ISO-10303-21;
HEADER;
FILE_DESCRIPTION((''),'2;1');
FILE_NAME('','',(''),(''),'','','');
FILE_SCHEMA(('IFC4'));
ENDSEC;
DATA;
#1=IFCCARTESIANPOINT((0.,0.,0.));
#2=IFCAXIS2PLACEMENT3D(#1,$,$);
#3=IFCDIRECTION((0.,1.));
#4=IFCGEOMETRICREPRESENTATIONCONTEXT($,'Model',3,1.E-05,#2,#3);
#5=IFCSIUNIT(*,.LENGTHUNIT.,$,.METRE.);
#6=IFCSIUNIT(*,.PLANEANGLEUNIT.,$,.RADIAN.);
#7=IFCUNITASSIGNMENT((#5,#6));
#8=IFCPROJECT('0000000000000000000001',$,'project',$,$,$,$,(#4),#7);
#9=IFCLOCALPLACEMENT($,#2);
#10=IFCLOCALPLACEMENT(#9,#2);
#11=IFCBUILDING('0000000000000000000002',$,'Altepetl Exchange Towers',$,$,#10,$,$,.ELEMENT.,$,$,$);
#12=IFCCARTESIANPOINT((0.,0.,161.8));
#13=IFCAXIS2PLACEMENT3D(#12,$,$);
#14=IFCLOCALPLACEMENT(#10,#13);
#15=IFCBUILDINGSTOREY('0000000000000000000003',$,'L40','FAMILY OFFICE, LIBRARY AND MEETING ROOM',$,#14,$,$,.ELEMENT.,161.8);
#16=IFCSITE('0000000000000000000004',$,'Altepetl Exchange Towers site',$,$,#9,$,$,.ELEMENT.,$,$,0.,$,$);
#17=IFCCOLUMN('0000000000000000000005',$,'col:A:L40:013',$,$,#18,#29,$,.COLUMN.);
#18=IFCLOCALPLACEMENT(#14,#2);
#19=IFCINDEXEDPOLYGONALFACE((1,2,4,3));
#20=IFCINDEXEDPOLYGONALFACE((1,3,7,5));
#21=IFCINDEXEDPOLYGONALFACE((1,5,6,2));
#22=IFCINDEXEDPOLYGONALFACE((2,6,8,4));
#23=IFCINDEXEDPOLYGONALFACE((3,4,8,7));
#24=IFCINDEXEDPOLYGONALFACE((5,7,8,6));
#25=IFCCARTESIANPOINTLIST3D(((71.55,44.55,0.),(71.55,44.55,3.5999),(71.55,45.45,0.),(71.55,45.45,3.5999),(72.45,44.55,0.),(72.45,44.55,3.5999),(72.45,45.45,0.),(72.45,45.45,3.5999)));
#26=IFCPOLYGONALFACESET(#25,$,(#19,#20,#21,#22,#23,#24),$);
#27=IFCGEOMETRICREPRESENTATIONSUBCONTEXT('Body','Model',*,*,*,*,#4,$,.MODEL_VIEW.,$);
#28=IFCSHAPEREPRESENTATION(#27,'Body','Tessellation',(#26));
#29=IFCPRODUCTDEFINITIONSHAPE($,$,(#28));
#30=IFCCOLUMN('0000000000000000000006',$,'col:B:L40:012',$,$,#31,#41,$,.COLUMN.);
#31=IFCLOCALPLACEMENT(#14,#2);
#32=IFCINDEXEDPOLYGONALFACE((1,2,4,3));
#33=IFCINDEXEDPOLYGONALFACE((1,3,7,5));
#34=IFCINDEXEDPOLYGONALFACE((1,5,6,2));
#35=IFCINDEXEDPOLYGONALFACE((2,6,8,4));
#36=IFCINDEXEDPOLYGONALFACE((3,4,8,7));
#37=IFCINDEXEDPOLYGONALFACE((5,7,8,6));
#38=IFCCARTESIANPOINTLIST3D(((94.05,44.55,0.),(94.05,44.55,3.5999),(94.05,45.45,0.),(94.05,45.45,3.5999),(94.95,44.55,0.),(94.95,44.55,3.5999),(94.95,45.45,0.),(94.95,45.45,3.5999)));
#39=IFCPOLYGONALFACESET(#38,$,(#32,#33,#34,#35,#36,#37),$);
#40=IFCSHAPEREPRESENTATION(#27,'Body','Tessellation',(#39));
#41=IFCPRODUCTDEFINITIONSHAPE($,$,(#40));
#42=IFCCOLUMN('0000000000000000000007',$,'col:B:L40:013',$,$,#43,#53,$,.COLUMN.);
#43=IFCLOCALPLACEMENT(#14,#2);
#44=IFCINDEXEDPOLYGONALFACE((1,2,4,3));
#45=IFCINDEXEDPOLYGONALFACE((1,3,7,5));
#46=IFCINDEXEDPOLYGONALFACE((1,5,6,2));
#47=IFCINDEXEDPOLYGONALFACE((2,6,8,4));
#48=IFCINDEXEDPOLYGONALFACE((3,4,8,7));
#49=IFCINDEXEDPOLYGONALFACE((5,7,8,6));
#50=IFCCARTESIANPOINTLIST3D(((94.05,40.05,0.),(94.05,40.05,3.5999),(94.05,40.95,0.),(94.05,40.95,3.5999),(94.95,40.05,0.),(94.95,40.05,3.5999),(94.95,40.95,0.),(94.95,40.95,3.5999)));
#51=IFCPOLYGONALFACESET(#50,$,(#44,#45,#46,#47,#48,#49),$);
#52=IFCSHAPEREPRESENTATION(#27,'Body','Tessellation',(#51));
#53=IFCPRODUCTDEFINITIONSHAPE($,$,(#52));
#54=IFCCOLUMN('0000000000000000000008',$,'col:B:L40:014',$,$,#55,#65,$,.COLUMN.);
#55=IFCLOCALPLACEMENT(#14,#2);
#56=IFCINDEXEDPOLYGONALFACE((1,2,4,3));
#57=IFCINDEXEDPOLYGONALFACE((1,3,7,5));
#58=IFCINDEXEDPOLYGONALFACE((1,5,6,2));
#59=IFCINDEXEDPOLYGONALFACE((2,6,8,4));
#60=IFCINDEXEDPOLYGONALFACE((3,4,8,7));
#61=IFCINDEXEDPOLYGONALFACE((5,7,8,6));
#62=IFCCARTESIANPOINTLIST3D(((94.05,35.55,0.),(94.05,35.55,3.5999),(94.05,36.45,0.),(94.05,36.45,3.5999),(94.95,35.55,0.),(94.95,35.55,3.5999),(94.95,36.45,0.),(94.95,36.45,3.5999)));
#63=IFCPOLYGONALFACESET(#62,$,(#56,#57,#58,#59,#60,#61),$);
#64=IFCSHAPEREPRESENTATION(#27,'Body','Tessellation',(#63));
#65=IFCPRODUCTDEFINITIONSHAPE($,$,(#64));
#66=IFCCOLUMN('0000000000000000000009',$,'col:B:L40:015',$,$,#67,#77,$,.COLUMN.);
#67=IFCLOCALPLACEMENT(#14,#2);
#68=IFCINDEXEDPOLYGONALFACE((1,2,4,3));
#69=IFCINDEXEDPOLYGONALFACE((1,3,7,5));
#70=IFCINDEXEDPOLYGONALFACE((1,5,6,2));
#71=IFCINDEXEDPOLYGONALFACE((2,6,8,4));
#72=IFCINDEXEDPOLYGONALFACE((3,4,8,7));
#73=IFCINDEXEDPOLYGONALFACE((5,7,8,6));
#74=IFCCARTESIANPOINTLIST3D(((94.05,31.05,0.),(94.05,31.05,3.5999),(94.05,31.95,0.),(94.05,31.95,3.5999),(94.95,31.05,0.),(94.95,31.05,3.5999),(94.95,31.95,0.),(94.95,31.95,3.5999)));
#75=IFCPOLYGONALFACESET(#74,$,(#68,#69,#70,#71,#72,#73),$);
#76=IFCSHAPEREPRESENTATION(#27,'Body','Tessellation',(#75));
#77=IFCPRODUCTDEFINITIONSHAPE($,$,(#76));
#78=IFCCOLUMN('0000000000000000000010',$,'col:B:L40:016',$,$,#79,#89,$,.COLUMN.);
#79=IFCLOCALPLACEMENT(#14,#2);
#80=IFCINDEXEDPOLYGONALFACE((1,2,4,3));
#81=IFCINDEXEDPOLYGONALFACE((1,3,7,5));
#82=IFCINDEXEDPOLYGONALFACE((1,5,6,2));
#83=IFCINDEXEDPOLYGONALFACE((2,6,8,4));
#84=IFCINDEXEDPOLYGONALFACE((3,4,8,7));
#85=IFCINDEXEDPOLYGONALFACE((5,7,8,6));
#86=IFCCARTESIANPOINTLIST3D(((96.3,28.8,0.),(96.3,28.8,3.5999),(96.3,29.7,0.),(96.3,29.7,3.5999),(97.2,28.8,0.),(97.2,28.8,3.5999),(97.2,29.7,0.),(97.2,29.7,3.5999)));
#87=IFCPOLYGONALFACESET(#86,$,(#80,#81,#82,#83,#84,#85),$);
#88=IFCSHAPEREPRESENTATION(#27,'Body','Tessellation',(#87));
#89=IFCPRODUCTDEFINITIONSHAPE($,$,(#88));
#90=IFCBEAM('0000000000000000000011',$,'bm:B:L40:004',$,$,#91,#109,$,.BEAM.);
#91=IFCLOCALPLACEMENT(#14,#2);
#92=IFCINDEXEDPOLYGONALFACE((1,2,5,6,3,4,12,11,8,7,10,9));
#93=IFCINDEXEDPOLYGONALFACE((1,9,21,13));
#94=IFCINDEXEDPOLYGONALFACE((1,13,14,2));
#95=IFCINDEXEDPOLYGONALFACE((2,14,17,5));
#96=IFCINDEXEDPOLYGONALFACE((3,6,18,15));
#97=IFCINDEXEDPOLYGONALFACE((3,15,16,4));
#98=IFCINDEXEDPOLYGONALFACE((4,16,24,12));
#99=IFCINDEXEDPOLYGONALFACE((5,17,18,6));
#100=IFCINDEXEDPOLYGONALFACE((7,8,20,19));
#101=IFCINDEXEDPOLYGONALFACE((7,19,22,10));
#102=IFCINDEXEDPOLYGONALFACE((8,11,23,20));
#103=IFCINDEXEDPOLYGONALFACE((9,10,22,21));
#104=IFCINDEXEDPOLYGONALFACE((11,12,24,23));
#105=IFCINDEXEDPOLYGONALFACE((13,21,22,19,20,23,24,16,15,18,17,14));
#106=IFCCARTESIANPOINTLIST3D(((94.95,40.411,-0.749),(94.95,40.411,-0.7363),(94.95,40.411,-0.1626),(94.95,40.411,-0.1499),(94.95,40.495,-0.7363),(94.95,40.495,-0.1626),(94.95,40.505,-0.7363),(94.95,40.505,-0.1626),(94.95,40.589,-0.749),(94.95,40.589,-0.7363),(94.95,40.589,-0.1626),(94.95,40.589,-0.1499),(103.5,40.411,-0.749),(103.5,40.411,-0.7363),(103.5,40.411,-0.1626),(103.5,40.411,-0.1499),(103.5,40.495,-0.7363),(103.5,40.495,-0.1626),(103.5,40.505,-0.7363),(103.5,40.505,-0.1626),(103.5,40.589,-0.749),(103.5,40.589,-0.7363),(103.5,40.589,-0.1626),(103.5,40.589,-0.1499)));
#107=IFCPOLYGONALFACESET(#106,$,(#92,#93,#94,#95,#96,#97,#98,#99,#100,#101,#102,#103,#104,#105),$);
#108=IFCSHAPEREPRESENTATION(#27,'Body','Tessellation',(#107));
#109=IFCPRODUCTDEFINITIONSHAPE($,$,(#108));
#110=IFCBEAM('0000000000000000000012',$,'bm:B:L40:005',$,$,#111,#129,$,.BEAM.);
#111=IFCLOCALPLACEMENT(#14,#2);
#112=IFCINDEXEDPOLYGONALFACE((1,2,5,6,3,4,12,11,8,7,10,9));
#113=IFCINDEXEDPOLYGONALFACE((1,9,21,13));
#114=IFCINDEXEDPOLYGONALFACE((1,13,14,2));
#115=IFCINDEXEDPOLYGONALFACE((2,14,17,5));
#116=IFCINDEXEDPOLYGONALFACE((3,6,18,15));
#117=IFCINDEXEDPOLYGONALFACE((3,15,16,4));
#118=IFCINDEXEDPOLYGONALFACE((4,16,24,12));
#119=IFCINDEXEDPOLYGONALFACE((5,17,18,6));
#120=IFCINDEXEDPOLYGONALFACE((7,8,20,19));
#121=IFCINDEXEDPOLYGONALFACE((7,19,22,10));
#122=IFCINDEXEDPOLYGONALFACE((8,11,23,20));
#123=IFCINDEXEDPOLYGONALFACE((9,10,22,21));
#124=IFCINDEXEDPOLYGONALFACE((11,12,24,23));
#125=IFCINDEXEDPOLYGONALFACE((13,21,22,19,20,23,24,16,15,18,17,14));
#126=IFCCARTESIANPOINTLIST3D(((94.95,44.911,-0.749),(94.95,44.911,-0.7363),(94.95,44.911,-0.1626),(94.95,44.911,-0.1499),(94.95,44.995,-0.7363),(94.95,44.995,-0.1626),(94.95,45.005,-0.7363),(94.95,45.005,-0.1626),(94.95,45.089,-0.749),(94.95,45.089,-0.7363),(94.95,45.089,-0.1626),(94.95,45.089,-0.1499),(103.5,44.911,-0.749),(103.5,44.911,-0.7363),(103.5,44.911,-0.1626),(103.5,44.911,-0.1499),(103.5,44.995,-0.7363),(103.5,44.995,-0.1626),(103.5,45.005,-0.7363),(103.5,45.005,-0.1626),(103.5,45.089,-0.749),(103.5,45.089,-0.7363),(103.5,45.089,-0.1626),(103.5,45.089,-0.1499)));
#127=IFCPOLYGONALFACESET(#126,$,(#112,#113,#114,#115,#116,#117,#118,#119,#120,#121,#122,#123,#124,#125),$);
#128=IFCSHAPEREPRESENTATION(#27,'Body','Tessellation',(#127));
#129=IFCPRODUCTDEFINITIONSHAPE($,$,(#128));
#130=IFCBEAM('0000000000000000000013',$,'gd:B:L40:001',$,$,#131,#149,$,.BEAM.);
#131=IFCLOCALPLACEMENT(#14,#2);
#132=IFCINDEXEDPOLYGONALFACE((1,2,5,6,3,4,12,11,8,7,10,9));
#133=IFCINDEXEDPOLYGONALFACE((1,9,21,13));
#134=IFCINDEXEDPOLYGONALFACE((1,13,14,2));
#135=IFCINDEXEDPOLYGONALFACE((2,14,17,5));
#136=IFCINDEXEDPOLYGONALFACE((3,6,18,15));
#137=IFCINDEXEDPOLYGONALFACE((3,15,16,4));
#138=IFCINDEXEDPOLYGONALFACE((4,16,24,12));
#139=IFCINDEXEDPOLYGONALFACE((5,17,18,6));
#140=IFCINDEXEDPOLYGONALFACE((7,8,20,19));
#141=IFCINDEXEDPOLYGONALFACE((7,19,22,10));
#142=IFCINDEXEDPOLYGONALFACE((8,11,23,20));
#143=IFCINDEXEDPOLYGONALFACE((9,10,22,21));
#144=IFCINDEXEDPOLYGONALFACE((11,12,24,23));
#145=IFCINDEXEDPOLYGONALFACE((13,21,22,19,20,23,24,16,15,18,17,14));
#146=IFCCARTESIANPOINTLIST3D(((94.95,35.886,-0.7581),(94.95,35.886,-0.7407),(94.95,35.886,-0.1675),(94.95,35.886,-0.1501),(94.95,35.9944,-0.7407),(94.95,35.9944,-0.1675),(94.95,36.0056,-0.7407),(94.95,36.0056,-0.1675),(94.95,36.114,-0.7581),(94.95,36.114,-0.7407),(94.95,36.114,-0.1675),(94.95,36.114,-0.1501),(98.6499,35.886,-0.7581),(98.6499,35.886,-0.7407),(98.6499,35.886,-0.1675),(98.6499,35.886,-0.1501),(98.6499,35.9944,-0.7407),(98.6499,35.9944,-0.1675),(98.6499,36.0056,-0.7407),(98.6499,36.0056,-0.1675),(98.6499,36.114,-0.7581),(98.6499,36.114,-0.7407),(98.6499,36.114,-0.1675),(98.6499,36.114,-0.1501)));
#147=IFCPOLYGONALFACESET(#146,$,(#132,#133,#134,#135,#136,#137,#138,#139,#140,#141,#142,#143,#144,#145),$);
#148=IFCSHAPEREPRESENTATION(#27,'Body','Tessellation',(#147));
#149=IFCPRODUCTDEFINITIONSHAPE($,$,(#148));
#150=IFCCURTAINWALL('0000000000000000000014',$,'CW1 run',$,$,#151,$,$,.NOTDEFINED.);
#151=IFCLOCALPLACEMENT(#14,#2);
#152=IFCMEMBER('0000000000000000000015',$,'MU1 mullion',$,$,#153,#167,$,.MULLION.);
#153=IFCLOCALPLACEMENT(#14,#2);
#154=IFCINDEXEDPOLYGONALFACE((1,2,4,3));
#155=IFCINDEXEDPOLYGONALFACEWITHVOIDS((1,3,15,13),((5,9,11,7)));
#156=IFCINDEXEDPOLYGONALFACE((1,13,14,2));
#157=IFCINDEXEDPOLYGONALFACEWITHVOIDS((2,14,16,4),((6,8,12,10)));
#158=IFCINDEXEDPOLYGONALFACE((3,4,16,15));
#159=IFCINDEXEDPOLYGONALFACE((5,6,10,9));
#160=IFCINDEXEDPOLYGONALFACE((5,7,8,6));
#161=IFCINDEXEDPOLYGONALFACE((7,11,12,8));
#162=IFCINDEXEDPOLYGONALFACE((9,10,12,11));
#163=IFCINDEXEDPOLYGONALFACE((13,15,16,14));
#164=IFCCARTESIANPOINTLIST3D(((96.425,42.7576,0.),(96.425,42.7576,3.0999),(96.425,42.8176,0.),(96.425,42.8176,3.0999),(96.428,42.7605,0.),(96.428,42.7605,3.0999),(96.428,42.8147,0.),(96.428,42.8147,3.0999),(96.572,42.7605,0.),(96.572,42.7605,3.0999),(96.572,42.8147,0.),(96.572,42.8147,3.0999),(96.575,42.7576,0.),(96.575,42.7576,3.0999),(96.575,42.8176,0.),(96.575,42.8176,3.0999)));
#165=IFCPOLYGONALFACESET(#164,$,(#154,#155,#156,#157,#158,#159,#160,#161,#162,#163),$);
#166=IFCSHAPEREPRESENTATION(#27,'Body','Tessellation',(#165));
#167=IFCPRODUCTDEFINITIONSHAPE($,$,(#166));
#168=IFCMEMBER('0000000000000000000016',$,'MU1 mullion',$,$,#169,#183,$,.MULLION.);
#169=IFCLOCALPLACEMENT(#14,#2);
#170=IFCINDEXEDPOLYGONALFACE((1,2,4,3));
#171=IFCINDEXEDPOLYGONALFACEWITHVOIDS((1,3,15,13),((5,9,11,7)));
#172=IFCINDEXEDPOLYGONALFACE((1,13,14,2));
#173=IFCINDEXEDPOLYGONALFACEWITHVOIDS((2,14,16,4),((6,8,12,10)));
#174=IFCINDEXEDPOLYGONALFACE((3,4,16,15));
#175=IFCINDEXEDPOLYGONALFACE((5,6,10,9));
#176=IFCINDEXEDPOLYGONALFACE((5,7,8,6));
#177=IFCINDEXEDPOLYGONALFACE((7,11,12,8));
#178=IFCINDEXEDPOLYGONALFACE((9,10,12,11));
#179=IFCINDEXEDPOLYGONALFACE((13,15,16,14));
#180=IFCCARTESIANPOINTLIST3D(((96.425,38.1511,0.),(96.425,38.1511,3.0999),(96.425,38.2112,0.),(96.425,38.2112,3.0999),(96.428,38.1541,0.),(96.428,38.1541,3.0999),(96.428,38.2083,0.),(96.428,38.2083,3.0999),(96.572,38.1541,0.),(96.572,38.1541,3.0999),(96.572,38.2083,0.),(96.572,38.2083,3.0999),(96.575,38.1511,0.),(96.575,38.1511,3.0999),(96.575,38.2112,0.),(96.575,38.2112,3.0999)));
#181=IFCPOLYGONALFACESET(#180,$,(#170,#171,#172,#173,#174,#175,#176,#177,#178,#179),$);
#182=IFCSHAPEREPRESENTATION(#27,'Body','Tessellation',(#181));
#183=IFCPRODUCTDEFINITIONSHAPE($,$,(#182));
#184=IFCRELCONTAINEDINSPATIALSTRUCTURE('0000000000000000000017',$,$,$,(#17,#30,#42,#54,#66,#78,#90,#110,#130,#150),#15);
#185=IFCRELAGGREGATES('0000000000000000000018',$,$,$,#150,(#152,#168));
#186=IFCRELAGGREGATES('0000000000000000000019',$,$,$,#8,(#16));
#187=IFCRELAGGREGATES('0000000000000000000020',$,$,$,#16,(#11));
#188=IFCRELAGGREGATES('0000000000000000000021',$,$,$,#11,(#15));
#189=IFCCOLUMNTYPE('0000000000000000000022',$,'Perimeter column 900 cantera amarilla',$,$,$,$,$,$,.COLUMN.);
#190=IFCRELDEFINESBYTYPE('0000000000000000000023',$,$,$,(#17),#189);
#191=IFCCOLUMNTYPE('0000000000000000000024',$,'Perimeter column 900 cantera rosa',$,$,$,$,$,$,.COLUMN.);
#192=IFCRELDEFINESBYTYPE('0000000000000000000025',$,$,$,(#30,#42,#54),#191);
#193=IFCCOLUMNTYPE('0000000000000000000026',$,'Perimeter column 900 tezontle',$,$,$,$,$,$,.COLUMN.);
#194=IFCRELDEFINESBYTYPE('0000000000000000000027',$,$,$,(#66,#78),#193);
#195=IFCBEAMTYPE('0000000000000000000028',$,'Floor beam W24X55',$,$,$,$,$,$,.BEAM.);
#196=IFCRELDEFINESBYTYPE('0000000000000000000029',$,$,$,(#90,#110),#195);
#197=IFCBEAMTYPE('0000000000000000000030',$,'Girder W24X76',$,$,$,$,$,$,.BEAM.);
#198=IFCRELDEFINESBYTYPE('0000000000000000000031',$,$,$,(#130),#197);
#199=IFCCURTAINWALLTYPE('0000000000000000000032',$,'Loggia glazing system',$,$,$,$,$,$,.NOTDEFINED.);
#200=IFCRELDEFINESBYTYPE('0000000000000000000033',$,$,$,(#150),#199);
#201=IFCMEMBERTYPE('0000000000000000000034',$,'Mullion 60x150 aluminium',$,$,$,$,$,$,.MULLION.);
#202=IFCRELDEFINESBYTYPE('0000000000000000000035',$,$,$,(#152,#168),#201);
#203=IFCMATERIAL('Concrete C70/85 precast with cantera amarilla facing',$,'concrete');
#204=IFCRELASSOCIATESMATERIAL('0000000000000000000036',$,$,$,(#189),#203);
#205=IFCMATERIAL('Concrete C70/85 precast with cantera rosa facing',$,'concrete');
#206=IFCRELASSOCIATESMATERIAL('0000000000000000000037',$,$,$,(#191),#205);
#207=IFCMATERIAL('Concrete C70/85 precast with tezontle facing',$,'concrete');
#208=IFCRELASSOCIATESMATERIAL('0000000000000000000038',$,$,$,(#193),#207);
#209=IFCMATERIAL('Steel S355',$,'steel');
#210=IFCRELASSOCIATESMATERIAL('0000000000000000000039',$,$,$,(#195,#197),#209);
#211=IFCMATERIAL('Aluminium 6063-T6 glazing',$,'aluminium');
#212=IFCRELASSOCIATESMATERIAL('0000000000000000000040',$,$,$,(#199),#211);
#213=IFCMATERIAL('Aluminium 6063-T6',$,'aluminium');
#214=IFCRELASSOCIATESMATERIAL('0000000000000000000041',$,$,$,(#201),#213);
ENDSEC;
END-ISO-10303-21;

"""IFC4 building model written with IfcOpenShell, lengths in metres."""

from ifc_helpers import new_model, si_unit, direction, frame, origin, origin_2d, place, context, subcontext, project, spatial, rectangle, hollow_rectangle, i_section, extrude, material, material_profile, profile_set, type_object, element, aggregate, save


model = new_model("IFC4")

# Units and contexts
model_context = context("Model", 3, precision=1e-05, world=origin(), true_north=direction((0.0, 1.0)))
body_context = subcontext(model_context, "Body", "Model", "MODEL_VIEW")
ifc_project = project(units=[si_unit("LENGTHUNIT", "METRE"), si_unit("PLANEANGLEUNIT", "RADIAN")], contexts=[model_context])

# Site, building, storey
site_placement = place(None, origin())
site = spatial("IfcSite", under=ifc_project, at=site_placement, Name="Altepetl Exchange Towers site", CompositionType="ELEMENT", RefElevation=0.0)
building_placement = place(site_placement, origin())
building = spatial("IfcBuilding", under=site, at=building_placement, Name="Altepetl Exchange Towers", CompositionType="ELEMENT")
storey_placement = place(building_placement, frame((0.0, 0.0, 161.8)))
storey = spatial("IfcBuildingStorey", under=building, at=storey_placement, Name="L40", Description="FAMILY OFFICE, LIBRARY AND MEETING ROOM", CompositionType="ELEMENT", Elevation=161.8)

# Columns
ifc_material_1 = material(Name="Concrete C70/85 precast with cantera amarilla facing", Category="concrete")
ifc_material_profile_1 = material_profile(ifc_material_1, rectangle(XDim=0.8999, YDim=0.8999, at=origin_2d()), Name="900 x 900")
ifc_profile_set_1 = profile_set([ifc_material_profile_1], Name="Concrete C70/85 precast with cantera amarilla facing")
column_type_1 = type_object("IfcColumnType", Name="Perimeter column 900 cantera amarilla", PredefinedType="COLUMN", material=ifc_profile_set_1)
column_placement = place(storey_placement, frame((72.0, 45.0, 0.0)))
element("IfcColumn", 1, at=column_placement, inside=storey, type_object=column_type_1, Name="col:A:L40:013", PredefinedType="COLUMN", context=body_context, shape_type="SweptSolid", body=[
    extrude(rectangle(XDim=0.8999, YDim=0.8999, at=origin_2d()), origin(), (0.0, 0.0, 1.0), 3.5999),
])
ifc_material_2 = material(Name="Concrete C70/85 precast with cantera rosa facing", Category="concrete")
ifc_material_profile_2 = material_profile(ifc_material_2, rectangle(XDim=0.8999, YDim=0.8999, at=origin_2d()), Name="900 x 900")
ifc_profile_set_2 = profile_set([ifc_material_profile_2], Name="Concrete C70/85 precast with cantera rosa facing")
column_type_2 = type_object("IfcColumnType", Name="Perimeter column 900 cantera rosa", PredefinedType="COLUMN", material=ifc_profile_set_2)
for number, where, name in (
    (2, (94.5, 45.0, 0.0), "col:B:L40:012"),
    (3, (94.5, 40.5, 0.0), "col:B:L40:013"),
    (4, (94.5, 36.0, 0.0), "col:B:L40:014"),
):
    element("IfcColumn", number, at=place(storey_placement, frame(where)), inside=storey, type_object=column_type_2, Name=name, PredefinedType="COLUMN", context=body_context, shape_type="SweptSolid", body=[
        extrude(rectangle(XDim=0.8999, YDim=0.8999, at=origin_2d()), origin(), (0.0, 0.0, 1.0), 3.5999),
    ])
ifc_material_3 = material(Name="Concrete C70/85 precast with tezontle facing", Category="concrete")
ifc_material_profile_3 = material_profile(ifc_material_3, rectangle(XDim=0.8999, YDim=0.8999, at=origin_2d()), Name="900 x 900")
ifc_profile_set_3 = profile_set([ifc_material_profile_3], Name="Concrete C70/85 precast with tezontle facing")
column_type_3 = type_object("IfcColumnType", Name="Perimeter column 900 tezontle", PredefinedType="COLUMN", material=ifc_profile_set_3)
for number, where, name in (
    (5, (94.5, 31.5, 0.0), "col:B:L40:015"),
    (6, (96.75, 29.25, 0.0), "col:B:L40:016"),
):
    element("IfcColumn", number, at=place(storey_placement, frame(where)), inside=storey, type_object=column_type_3, Name=name, PredefinedType="COLUMN", context=body_context, shape_type="SweptSolid", body=[
        extrude(rectangle(XDim=0.8999, YDim=0.8999, at=origin_2d()), origin(), (0.0, 0.0, 1.0), 3.5999),
    ])

# Beams
ifc_material_4 = material(Name="Steel S355", Category="steel")
ifc_material_profile_4 = material_profile(ifc_material_4, i_section(OverallWidth=0.178, OverallDepth=0.5991, WebThickness=0.01, FlangeThickness=0.0127, at=origin_2d()), Name="W24X55")
ifc_profile_set_4 = profile_set([ifc_material_profile_4], Name="Steel S355")
beam_type_1 = type_object("IfcBeamType", Name="Floor beam W24X55", PredefinedType="BEAM", material=ifc_profile_set_4)
for number, where, z_axis, x_axis, name in (
    (7, (94.95, 40.5, -0.4495), (1.0, 0.0, 0.0), (0.0, 1.0, 0.0), "bm:B:L40:004"),
    (8, (94.95, 45.0, -0.4495), (1.0, 0.0, 0.0), (0.0, 1.0, 0.0), "bm:B:L40:005"),
):
    element("IfcBeam", number, at=place(storey_placement, frame(where, z_axis=z_axis, x_axis=x_axis)), inside=storey, type_object=beam_type_1, Name=name, PredefinedType="BEAM", context=body_context, shape_type="SweptSolid", body=[
        extrude(i_section(OverallWidth=0.178, OverallDepth=0.5991, WebThickness=0.01, FlangeThickness=0.0127, at=origin_2d()), origin(), (0.0, 0.0, 1.0), 8.55),
    ])
ifc_material_profile_5 = material_profile(ifc_material_4, i_section(OverallWidth=0.228, OverallDepth=0.6079, WebThickness=0.0112, FlangeThickness=0.0173, at=origin_2d()), Name="W24X76")
ifc_profile_set_5 = profile_set([ifc_material_profile_5], Name="Steel S355")
beam_type_2 = type_object("IfcBeamType", Name="Girder W24X76", PredefinedType="BEAM", material=ifc_profile_set_5)
beam_1_placement = place(storey_placement, frame((98.6499, 36.0, -0.4541), z_axis=(-1.0, 0.0, 0.0), x_axis=(0.0, -1.0, 0.0)))
element("IfcBeam", 9, at=beam_1_placement, inside=storey, type_object=beam_type_2, Name="gd:B:L40:001", PredefinedType="BEAM", context=body_context, shape_type="SweptSolid", body=[
    extrude(i_section(OverallWidth=0.228, OverallDepth=0.6079, WebThickness=0.0112, FlangeThickness=0.0173, at=origin_2d()), origin(), (0.0, 0.0, 1.0), 3.7),
])

# Curtain wall, members
ifc_material_5 = material(Name="Aluminium 6063-T6 glazing", Category="aluminium")
curtain_wall_type = type_object("IfcCurtainWallType", Name="Loggia glazing system", PredefinedType="NOTDEFINED", material=ifc_material_5)
curtain_wall_1_placement = place(storey_placement, origin())
curtain_wall_1 = element("IfcCurtainWall", 10, at=curtain_wall_1_placement, inside=storey, type_object=curtain_wall_type, Name="CW1 run", PredefinedType="NOTDEFINED")
ifc_material_6 = material(Name="Aluminium 6063-T6", Category="aluminium")
ifc_material_profile_6 = material_profile(ifc_material_6, hollow_rectangle(XDim=0.0601, YDim=0.1499, WallThickness=0.0029, at=origin_2d()), Name="Mullion 60x150 aluminium")
ifc_profile_set_6 = profile_set([ifc_material_profile_6], Name="Aluminium 6063-T6")
member_type = type_object("IfcMemberType", Name="Mullion 60x150 aluminium", PredefinedType="MULLION", material=ifc_profile_set_6)
member_1_placement = place(storey_placement, frame((96.5, 42.7876, 0.0), z_axis=(0.0, 0.0, 1.0), x_axis=(0.0, -1.0, 0.0)))
member_1 = element("IfcMember", 11, at=member_1_placement, type_object=member_type, Name="MU1 mullion", PredefinedType="MULLION", context=body_context, shape_type="SweptSolid", body=[
    extrude(hollow_rectangle(XDim=0.0601, YDim=0.1499, WallThickness=0.0029, at=origin_2d()), origin(), (0.0, 0.0, 1.0), 3.0999),
])
member_2_placement = place(storey_placement, frame((96.5, 38.1812, 0.0), z_axis=(0.0, 0.0, 1.0), x_axis=(0.0, -1.0, 0.0)))
member_2 = element("IfcMember", 12, at=member_2_placement, type_object=member_type, Name="MU1 mullion", PredefinedType="MULLION", context=body_context, shape_type="SweptSolid", body=[
    extrude(hollow_rectangle(XDim=0.0601, YDim=0.1499, WallThickness=0.0029, at=origin_2d()), origin(), (0.0, 0.0, 1.0), 3.0999),
])

aggregate(curtain_wall_1, [member_1, member_2])

save(model, "model.ifc")
